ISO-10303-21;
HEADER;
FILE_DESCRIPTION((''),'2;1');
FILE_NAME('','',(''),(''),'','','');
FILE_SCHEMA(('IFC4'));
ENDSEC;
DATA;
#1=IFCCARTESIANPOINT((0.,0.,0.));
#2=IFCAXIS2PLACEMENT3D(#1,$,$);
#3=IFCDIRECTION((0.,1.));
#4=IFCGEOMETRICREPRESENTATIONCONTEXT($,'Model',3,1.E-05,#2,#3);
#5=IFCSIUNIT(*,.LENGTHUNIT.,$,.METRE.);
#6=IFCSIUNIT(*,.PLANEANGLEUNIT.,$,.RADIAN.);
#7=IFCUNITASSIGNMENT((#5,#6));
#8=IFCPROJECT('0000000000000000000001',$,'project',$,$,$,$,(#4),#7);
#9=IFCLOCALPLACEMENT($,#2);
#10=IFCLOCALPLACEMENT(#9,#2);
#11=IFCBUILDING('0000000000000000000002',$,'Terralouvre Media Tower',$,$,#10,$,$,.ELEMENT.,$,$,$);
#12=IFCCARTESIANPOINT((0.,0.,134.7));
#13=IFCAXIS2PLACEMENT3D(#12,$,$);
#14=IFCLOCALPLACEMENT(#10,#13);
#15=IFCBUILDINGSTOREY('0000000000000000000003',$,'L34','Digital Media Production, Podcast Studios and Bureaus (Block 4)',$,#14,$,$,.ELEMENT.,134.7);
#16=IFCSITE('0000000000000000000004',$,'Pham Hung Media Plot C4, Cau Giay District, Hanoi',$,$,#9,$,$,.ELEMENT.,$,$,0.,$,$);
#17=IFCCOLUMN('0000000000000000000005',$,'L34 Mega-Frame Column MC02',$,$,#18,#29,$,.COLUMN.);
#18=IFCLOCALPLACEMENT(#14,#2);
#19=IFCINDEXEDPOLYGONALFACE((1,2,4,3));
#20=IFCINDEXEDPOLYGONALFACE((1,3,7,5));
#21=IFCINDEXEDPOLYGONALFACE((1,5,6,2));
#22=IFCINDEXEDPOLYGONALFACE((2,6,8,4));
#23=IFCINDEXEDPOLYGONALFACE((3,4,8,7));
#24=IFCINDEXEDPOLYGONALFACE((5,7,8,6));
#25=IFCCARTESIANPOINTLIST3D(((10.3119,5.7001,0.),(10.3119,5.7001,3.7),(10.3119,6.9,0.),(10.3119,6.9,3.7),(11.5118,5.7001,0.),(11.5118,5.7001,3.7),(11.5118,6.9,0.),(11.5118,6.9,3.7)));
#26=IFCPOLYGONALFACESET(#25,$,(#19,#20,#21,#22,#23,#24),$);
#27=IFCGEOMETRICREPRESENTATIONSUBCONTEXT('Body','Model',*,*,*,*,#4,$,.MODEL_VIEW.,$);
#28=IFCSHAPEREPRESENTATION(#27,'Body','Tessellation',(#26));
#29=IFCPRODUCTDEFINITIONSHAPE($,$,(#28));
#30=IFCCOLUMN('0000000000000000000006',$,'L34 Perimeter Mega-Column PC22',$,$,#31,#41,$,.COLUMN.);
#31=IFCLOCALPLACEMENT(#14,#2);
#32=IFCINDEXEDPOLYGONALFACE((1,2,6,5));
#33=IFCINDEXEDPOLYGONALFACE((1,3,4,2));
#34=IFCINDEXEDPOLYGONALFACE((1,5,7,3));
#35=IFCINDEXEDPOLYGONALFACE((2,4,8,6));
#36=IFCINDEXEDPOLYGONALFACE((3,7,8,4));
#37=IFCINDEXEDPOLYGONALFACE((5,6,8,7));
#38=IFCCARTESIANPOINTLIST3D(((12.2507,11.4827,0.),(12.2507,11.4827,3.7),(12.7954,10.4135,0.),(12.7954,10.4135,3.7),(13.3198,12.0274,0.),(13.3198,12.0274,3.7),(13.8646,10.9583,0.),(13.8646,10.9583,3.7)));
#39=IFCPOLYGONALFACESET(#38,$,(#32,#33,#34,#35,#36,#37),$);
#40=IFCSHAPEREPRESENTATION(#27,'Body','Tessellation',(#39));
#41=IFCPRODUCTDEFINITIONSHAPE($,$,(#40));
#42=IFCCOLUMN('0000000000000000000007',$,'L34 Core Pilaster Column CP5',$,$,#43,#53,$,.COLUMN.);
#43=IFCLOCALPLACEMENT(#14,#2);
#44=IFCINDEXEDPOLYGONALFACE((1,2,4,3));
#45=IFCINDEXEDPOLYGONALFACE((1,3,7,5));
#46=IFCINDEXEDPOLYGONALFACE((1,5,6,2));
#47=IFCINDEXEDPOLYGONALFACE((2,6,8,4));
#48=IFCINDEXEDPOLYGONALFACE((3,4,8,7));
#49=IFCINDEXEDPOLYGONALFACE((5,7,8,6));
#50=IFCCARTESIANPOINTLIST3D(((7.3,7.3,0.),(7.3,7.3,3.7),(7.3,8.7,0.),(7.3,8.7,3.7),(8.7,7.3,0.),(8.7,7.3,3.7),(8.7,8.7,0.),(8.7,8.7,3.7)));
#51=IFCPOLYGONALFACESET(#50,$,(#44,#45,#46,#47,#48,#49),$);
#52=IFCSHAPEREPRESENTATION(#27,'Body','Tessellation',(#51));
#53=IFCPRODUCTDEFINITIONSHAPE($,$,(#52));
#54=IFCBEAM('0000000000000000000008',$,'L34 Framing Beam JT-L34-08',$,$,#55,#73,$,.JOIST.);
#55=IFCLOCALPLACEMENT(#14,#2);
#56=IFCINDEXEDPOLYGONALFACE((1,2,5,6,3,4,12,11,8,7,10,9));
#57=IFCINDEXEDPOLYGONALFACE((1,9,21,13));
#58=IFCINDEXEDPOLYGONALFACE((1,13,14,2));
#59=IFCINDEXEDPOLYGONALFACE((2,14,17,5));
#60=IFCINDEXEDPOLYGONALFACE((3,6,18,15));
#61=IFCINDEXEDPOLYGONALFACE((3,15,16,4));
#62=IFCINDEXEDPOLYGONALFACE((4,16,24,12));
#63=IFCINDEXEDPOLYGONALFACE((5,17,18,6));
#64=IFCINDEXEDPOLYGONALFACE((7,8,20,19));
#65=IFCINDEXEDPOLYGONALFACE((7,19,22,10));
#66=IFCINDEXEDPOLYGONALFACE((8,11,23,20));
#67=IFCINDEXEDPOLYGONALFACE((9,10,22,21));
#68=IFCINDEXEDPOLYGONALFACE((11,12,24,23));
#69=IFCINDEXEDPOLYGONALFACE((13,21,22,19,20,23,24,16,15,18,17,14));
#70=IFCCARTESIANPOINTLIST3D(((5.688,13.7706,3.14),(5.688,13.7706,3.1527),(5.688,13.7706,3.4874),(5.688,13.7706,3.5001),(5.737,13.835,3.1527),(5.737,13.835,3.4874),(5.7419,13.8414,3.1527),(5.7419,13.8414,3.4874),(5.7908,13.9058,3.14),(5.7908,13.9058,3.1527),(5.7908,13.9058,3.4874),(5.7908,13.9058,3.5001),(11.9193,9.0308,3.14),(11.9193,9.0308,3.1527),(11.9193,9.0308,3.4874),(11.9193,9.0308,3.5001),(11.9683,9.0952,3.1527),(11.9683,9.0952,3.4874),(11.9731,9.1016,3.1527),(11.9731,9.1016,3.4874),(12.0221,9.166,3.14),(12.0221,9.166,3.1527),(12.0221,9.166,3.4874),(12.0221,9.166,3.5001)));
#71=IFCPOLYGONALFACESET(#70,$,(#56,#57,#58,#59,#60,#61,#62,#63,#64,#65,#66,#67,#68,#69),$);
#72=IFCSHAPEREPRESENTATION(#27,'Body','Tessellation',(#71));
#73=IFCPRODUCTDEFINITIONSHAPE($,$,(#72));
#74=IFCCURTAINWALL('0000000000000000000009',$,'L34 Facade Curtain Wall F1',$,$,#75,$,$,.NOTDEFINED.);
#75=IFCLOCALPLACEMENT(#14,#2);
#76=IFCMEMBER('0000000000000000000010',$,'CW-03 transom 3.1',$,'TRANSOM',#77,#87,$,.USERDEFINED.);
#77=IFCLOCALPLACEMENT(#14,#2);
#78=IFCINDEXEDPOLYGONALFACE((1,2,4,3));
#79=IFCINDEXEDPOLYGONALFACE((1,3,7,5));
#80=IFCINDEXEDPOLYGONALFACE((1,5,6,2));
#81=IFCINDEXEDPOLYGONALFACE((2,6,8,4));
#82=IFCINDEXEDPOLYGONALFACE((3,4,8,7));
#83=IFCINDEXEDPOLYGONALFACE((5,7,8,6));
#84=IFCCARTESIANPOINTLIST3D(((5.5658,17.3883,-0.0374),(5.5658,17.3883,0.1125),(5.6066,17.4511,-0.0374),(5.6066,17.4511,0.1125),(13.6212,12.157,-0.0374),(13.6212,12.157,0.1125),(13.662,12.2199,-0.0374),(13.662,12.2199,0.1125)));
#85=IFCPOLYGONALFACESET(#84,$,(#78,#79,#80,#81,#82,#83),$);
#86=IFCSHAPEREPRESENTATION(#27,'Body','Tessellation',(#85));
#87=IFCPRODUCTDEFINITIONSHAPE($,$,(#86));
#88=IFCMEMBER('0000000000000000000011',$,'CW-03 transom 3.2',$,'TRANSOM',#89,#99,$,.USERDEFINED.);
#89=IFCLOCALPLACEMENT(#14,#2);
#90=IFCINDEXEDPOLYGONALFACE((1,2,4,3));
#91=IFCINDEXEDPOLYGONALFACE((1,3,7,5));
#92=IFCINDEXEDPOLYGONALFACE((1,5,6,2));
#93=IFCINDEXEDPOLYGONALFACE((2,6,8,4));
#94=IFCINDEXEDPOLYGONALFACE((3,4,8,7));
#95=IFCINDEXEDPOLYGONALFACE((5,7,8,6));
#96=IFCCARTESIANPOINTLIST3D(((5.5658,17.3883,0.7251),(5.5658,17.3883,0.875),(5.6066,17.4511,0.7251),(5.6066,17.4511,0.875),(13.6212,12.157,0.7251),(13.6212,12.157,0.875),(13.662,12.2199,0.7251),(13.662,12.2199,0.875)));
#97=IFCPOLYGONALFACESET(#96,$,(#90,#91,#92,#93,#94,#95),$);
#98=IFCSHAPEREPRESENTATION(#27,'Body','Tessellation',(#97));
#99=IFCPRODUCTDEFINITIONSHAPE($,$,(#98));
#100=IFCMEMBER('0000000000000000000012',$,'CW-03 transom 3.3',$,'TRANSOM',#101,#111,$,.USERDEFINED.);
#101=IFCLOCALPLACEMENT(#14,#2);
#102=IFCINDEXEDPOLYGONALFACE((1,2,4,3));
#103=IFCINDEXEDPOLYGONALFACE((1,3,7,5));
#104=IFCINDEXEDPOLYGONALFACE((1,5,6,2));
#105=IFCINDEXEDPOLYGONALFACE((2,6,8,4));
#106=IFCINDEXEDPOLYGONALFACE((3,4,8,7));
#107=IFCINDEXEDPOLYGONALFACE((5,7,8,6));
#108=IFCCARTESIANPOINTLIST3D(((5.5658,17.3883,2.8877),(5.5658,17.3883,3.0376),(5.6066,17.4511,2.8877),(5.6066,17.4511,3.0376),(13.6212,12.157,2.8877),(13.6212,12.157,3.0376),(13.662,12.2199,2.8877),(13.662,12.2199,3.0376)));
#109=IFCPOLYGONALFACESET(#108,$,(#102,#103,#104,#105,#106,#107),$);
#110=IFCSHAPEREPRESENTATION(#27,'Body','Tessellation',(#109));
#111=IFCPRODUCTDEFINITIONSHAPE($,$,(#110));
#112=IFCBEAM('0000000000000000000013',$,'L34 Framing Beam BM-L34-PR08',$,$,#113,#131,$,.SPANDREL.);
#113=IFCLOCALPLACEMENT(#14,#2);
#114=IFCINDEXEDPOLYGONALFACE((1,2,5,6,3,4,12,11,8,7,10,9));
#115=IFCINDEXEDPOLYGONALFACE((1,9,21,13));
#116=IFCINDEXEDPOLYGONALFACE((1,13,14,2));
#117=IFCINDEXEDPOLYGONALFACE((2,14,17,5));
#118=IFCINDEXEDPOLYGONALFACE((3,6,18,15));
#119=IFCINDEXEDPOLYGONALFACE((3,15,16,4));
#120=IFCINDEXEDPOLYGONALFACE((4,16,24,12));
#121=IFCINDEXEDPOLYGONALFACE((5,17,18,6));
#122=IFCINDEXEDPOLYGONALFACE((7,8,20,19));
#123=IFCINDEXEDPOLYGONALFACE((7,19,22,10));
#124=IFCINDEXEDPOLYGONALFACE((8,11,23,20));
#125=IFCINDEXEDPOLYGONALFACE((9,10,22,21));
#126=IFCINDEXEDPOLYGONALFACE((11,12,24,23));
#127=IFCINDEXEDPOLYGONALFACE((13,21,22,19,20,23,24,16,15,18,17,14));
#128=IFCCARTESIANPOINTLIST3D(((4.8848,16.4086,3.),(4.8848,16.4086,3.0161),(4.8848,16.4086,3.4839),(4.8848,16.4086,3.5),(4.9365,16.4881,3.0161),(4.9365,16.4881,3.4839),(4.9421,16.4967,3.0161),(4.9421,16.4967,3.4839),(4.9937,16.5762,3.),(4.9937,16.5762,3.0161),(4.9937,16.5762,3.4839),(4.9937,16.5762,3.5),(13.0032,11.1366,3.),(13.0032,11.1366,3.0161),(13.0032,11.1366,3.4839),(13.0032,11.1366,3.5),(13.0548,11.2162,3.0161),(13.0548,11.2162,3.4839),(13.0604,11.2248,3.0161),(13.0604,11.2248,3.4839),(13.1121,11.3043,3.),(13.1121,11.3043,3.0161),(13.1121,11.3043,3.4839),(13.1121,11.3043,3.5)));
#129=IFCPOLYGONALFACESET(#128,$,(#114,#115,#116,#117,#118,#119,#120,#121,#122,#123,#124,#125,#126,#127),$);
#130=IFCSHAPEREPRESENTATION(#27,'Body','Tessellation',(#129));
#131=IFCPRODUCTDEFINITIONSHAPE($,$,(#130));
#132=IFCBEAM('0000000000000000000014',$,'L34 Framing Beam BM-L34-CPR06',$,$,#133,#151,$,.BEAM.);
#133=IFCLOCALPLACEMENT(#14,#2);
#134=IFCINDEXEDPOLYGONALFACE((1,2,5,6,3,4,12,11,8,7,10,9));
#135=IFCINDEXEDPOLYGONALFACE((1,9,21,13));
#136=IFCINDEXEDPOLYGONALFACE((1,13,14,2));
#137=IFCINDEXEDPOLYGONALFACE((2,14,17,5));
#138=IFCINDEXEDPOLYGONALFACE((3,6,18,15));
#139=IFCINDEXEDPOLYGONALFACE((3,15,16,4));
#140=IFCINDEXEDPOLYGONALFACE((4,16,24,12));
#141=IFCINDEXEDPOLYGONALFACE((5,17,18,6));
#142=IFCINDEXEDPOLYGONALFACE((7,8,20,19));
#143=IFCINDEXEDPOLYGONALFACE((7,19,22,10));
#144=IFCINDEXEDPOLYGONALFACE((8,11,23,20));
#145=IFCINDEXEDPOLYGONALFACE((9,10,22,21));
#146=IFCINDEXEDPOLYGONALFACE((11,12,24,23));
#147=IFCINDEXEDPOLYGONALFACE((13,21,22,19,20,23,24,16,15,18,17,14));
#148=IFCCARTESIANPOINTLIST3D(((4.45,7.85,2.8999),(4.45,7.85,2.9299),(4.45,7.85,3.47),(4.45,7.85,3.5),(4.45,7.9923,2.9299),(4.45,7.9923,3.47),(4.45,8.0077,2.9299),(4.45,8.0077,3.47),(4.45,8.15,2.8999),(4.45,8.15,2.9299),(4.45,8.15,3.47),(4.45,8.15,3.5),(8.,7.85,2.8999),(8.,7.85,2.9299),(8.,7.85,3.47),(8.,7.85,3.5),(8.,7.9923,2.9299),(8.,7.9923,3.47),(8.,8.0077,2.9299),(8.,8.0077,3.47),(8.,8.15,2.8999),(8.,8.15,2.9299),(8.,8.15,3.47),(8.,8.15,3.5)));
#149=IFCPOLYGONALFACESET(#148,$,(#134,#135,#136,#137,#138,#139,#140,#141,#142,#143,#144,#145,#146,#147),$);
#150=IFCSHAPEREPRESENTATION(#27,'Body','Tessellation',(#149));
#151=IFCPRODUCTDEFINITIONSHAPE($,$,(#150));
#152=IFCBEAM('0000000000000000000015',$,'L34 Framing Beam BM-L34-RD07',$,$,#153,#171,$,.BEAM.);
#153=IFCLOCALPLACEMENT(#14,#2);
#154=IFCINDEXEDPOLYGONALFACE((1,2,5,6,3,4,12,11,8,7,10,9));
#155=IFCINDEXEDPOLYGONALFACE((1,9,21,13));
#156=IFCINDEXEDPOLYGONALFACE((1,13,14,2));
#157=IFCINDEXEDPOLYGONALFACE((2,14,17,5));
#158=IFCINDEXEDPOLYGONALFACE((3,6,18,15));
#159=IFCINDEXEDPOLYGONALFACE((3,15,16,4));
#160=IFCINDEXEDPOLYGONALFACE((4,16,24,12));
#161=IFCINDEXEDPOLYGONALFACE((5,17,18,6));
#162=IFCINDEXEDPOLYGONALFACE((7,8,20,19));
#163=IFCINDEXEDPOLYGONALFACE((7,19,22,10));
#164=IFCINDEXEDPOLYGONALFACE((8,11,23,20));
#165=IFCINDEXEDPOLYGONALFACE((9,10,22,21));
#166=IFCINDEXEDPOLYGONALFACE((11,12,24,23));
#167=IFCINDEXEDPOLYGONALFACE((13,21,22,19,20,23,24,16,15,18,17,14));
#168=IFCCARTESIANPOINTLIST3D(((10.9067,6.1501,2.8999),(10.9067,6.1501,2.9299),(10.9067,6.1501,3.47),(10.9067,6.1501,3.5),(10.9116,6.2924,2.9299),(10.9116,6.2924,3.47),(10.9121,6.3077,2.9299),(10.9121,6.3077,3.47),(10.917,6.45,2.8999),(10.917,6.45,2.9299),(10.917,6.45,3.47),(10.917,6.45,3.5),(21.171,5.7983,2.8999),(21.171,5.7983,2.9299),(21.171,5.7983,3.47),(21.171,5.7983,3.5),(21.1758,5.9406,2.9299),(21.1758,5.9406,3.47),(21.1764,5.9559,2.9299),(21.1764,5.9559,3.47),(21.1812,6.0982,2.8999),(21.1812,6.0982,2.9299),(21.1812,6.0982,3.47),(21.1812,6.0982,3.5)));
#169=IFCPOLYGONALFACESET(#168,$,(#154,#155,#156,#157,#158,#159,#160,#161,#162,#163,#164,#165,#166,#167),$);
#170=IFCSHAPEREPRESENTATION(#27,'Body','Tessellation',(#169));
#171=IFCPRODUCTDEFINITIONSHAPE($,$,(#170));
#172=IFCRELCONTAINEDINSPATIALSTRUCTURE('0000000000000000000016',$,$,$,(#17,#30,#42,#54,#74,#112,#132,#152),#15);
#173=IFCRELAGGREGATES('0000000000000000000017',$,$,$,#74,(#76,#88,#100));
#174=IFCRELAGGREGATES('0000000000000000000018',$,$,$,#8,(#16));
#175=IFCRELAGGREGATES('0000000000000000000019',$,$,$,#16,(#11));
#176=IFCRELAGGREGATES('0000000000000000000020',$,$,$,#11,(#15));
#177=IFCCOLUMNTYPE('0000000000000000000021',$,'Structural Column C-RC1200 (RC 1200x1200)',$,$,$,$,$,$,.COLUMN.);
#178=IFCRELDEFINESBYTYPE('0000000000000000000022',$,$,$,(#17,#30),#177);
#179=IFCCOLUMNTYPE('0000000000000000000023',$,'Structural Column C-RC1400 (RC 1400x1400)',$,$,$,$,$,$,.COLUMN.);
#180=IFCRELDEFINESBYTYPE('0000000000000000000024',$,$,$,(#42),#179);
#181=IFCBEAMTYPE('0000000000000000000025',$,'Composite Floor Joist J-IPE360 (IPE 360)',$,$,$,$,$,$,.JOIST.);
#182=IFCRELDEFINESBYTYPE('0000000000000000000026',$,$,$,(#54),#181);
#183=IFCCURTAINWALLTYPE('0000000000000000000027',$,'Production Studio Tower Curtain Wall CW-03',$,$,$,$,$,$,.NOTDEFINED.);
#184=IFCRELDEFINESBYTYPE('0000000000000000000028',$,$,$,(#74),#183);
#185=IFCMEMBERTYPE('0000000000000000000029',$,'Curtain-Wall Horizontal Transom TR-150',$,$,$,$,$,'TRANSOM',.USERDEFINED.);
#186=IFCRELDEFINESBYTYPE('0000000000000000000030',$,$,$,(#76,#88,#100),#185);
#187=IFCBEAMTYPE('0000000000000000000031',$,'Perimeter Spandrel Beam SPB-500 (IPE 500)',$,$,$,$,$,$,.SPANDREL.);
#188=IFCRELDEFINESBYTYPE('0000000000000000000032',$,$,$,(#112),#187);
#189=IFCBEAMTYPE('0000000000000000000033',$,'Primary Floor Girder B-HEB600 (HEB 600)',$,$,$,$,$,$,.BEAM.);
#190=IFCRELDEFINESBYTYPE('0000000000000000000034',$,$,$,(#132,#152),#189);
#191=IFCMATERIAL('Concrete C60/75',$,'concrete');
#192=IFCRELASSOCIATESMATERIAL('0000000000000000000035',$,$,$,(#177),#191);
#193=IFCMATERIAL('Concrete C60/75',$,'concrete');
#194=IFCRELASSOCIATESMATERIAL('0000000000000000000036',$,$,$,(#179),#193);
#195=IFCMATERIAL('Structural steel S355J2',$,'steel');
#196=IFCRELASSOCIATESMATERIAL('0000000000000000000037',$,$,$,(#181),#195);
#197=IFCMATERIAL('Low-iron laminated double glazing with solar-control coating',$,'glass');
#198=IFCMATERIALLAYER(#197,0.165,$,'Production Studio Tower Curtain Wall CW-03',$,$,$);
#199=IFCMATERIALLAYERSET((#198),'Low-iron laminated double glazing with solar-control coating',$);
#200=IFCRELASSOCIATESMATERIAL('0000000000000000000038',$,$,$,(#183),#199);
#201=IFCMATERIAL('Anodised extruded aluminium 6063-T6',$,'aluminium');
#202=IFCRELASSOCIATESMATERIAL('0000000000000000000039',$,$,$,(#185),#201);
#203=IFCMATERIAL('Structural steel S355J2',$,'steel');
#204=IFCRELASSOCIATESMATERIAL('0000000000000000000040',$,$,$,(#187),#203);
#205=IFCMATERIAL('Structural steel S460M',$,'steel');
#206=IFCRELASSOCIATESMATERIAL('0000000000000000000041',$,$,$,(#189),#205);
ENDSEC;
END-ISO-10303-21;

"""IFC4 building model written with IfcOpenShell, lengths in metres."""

from ifc_helpers import new_model, si_unit, direction, frame, origin, origin_2d, place, context, subcontext, project, spatial, rectangle, i_section, extrude, material, layer, layer_set, material_profile, profile_set, type_object, element, aggregate, save


model = new_model("IFC4")

# Units and contexts
model_context = context("Model", 3, precision=1e-05, world=origin(), true_north=direction((0.0, 1.0)))
body_context = subcontext(model_context, "Body", "Model", "MODEL_VIEW")
ifc_project = project(units=[si_unit("LENGTHUNIT", "METRE"), si_unit("PLANEANGLEUNIT", "RADIAN")], contexts=[model_context])

# Site, building, storey
site_placement = place(None, origin())
site = spatial("IfcSite", under=ifc_project, at=site_placement, Name="Pham Hung Media Plot C4, Cau Giay District, Hanoi", CompositionType="ELEMENT", RefElevation=0.0)
building_placement = place(site_placement, origin())
building = spatial("IfcBuilding", under=site, at=building_placement, Name="Terralouvre Media Tower", CompositionType="ELEMENT")
storey_placement = place(building_placement, frame((0.0, 0.0, 134.7)))
storey = spatial("IfcBuildingStorey", under=building, at=storey_placement, Name="L34", Description="Digital Media Production, Podcast Studios and Bureaus (Block 4)", CompositionType="ELEMENT", Elevation=134.7)

# Columns
ifc_material_1 = material(Name="Concrete C60/75", Category="concrete")
ifc_material_profile_1 = material_profile(ifc_material_1, rectangle(XDim=1.2, YDim=1.2, at=origin_2d()), Name="RC 1200x1200")
ifc_profile_set_1 = profile_set([ifc_material_profile_1], Name="Concrete C60/75")
column_type_1 = type_object("IfcColumnType", Name="Structural Column C-RC1200 (RC 1200x1200)", PredefinedType="COLUMN", material=ifc_profile_set_1)
for number, where, z_axis, x_axis, name in (
    (1, (10.9119, 6.3, 0.0), (0.0, 0.0, 1.0), (1.0, 0.0, 0.0), "L34 Mega-Frame Column MC02"),
    (2, (13.0576, 11.2205, 0.0), (0.0, 0.0, 1.0), (0.891007, 0.45399, 0.0), "L34 Perimeter Mega-Column PC22"),
):
    element("IfcColumn", number, at=place(storey_placement, frame(where, z_axis=z_axis, x_axis=x_axis)), inside=storey, type_object=column_type_1, Name=name, PredefinedType="COLUMN", context=body_context, shape_type="SweptSolid", body=[
        extrude(rectangle(XDim=1.2, YDim=1.2, at=origin_2d()), origin(), (0.0, 0.0, 1.0), 3.7),
    ])
ifc_material_2 = material(Name="Concrete C60/75", Category="concrete")
ifc_material_profile_2 = material_profile(ifc_material_2, rectangle(XDim=1.3999, YDim=1.3999, at=origin_2d()), Name="RC 1400x1400")
ifc_profile_set_2 = profile_set([ifc_material_profile_2], Name="Concrete C60/75")
column_type_2 = type_object("IfcColumnType", Name="Structural Column C-RC1400 (RC 1400x1400)", PredefinedType="COLUMN", material=ifc_profile_set_2)
column_placement = place(storey_placement, frame((8.0, 8.0, 0.0), z_axis=(0.0, 0.0, 1.0), x_axis=(1.0, 0.0, 0.0)))
element("IfcColumn", 3, at=column_placement, inside=storey, type_object=column_type_2, Name="L34 Core Pilaster Column CP5", PredefinedType="COLUMN", context=body_context, shape_type="SweptSolid", body=[
    extrude(rectangle(XDim=1.3999, YDim=1.3999, at=origin_2d()), origin(), (0.0, 0.0, 1.0), 3.7),
])

# Beam
ifc_material_3 = material(Name="Structural steel S355J2", Category="steel")
ifc_material_profile_3 = material_profile(ifc_material_3, i_section(OverallWidth=0.1699, OverallDepth=0.3601, WebThickness=0.0081, FlangeThickness=0.0127, at=origin_2d()), Name="IPE 360")
ifc_profile_set_3 = profile_set([ifc_material_profile_3], Name="Structural steel S355J2")
beam_type_1 = type_object("IfcBeamType", Name="Composite Floor Joist J-IPE360 (IPE 360)", PredefinedType="JOIST", material=ifc_profile_set_3)
beam_1_placement = place(storey_placement, frame((11.9707, 9.0984, 3.3201), z_axis=(-0.795914, 0.60541, 0.0), x_axis=(-0.60541, -0.795914, 0.0)))
element("IfcBeam", 4, at=beam_1_placement, inside=storey, type_object=beam_type_1, Name="L34 Framing Beam JT-L34-08", PredefinedType="JOIST", context=body_context, shape_type="SweptSolid", body=[
    extrude(i_section(OverallWidth=0.1699, OverallDepth=0.3601, WebThickness=0.0081, FlangeThickness=0.0127, at=origin_2d()), origin(), (0.0, 0.0, 1.0), 7.8291),
])

# Curtain wall, members
ifc_material_4 = material(Name="Low-iron laminated double glazing with solar-control coating", Category="glass")
ifc_layer_1 = layer(ifc_material_4, 0.165, Name="Production Studio Tower Curtain Wall CW-03")
ifc_layer_set_1 = layer_set([ifc_layer_1], Name="Low-iron laminated double glazing with solar-control coating")
curtain_wall_type = type_object("IfcCurtainWallType", Name="Production Studio Tower Curtain Wall CW-03", PredefinedType="NOTDEFINED", material=ifc_layer_set_1)
curtain_wall_placement = place(storey_placement, origin())
curtain_wall = element("IfcCurtainWall", 5, at=curtain_wall_placement, inside=storey, type_object=curtain_wall_type, Name="L34 Facade Curtain Wall F1", PredefinedType="NOTDEFINED")
ifc_material_5 = material(Name="Anodised extruded aluminium 6063-T6", Category="aluminium")
ifc_material_profile_4 = material_profile(ifc_material_5, rectangle(XDim=0.075, YDim=0.1499, at=origin_2d()), Name="ALU 75x150")
ifc_profile_set_4 = profile_set([ifc_material_profile_4], Name="Anodised extruded aluminium 6063-T6")
member_type = type_object("IfcMemberType", Name="Curtain-Wall Horizontal Transom TR-150", ElementType="TRANSOM", PredefinedType="USERDEFINED", material=ifc_profile_set_4)
member_1_placement = place(storey_placement, frame((13.6416, 12.1885, 0.0376), z_axis=(-0.838673, 0.544635, 0.0), x_axis=(-0.544635, -0.838673, 0.0)))
member_1 = element("IfcMember", 6, at=member_1_placement, type_object=member_type, Name="CW-03 transom 3.1", ObjectType="TRANSOM", PredefinedType="USERDEFINED", context=body_context, shape_type="SweptSolid", body=[
    extrude(rectangle(XDim=0.075, YDim=0.1499, at=origin_2d()), origin(), (0.0, 0.0, 1.0), 9.605),
])
member_2_placement = place(storey_placement, frame((13.6416, 12.1885, 0.8), z_axis=(-0.838673, 0.544635, 0.0), x_axis=(-0.544635, -0.838673, 0.0)))
member_2 = element("IfcMember", 7, at=member_2_placement, type_object=member_type, Name="CW-03 transom 3.2", ObjectType="TRANSOM", PredefinedType="USERDEFINED", context=body_context, shape_type="SweptSolid", body=[
    extrude(rectangle(XDim=0.075, YDim=0.1499, at=origin_2d()), origin(), (0.0, 0.0, 1.0), 9.605),
])
member_3_placement = place(storey_placement, frame((13.6416, 12.1885, 2.9626), z_axis=(-0.838673, 0.544635, 0.0), x_axis=(-0.544635, -0.838673, 0.0)))
member_3 = element("IfcMember", 8, at=member_3_placement, type_object=member_type, Name="CW-03 transom 3.3", ObjectType="TRANSOM", PredefinedType="USERDEFINED", context=body_context, shape_type="SweptSolid", body=[
    extrude(rectangle(XDim=0.075, YDim=0.1499, at=origin_2d()), origin(), (0.0, 0.0, 1.0), 9.605),
])

# Beams
ifc_material_6 = material(Name="Structural steel S355J2", Category="steel")
ifc_material_profile_5 = material_profile(ifc_material_6, i_section(OverallWidth=0.2, OverallDepth=0.5, WebThickness=0.0103, FlangeThickness=0.0161, at=origin_2d()), Name="IPE 500")
ifc_profile_set_5 = profile_set([ifc_material_profile_5], Name="Structural steel S355J2")
beam_type_2 = type_object("IfcBeamType", Name="Perimeter Spandrel Beam SPB-500 (IPE 500)", PredefinedType="SPANDREL", material=ifc_profile_set_5)
beam_2_placement = place(storey_placement, frame((13.0576, 11.2205, 3.25), z_axis=(-0.838679, 0.544626, 0.0), x_axis=(-0.544626, -0.838679, 0.0)))
element("IfcBeam", 9, at=beam_2_placement, inside=storey, type_object=beam_type_2, Name="L34 Framing Beam BM-L34-PR08", PredefinedType="SPANDREL", context=body_context, shape_type="SweptSolid", body=[
    extrude(i_section(OverallWidth=0.2, OverallDepth=0.5, WebThickness=0.0103, FlangeThickness=0.0161, at=origin_2d()), origin(), (0.0, 0.0, 1.0), 9.6799),
])
ifc_material_7 = material(Name="Structural steel S460M", Category="steel")
ifc_material_profile_6 = material_profile(ifc_material_7, i_section(OverallWidth=0.3, OverallDepth=0.6001, WebThickness=0.0154, FlangeThickness=0.03, at=origin_2d()), Name="HEB 600")
ifc_profile_set_6 = profile_set([ifc_material_profile_6], Name="Structural steel S460M")
beam_type_3 = type_object("IfcBeamType", Name="Primary Floor Girder B-HEB600 (HEB 600)", PredefinedType="BEAM", material=ifc_profile_set_6)
beam_3_placement = place(storey_placement, frame((8.0, 8.0, 3.2), z_axis=(-1.0, 0.0, 0.0), x_axis=(0.0, -1.0, 0.0)))
element("IfcBeam", 10, at=beam_3_placement, inside=storey, type_object=beam_type_3, Name="L34 Framing Beam BM-L34-CPR06", PredefinedType="BEAM", context=body_context, shape_type="SweptSolid", body=[
    extrude(i_section(OverallWidth=0.3, OverallDepth=0.6001, WebThickness=0.0154, FlangeThickness=0.03, at=origin_2d()), origin(), (0.0, 0.0, 1.0), 3.55),
])
beam_4_placement = place(storey_placement, frame((10.9119, 6.3, 3.2), z_axis=(0.999413, -0.034255, 0.0), x_axis=(0.034255, 0.999413, 0.0)))
element("IfcBeam", 11, at=beam_4_placement, inside=storey, type_object=beam_type_3, Name="L34 Framing Beam BM-L34-RD07", PredefinedType="BEAM", context=body_context, shape_type="SweptSolid", body=[
    extrude(i_section(OverallWidth=0.3, OverallDepth=0.6001, WebThickness=0.0154, FlangeThickness=0.03, at=origin_2d()), origin(), (0.0, 0.0, 1.0), 10.2703),
])

aggregate(curtain_wall, [member_1, member_2, member_3])

save(model, "model.ifc")
